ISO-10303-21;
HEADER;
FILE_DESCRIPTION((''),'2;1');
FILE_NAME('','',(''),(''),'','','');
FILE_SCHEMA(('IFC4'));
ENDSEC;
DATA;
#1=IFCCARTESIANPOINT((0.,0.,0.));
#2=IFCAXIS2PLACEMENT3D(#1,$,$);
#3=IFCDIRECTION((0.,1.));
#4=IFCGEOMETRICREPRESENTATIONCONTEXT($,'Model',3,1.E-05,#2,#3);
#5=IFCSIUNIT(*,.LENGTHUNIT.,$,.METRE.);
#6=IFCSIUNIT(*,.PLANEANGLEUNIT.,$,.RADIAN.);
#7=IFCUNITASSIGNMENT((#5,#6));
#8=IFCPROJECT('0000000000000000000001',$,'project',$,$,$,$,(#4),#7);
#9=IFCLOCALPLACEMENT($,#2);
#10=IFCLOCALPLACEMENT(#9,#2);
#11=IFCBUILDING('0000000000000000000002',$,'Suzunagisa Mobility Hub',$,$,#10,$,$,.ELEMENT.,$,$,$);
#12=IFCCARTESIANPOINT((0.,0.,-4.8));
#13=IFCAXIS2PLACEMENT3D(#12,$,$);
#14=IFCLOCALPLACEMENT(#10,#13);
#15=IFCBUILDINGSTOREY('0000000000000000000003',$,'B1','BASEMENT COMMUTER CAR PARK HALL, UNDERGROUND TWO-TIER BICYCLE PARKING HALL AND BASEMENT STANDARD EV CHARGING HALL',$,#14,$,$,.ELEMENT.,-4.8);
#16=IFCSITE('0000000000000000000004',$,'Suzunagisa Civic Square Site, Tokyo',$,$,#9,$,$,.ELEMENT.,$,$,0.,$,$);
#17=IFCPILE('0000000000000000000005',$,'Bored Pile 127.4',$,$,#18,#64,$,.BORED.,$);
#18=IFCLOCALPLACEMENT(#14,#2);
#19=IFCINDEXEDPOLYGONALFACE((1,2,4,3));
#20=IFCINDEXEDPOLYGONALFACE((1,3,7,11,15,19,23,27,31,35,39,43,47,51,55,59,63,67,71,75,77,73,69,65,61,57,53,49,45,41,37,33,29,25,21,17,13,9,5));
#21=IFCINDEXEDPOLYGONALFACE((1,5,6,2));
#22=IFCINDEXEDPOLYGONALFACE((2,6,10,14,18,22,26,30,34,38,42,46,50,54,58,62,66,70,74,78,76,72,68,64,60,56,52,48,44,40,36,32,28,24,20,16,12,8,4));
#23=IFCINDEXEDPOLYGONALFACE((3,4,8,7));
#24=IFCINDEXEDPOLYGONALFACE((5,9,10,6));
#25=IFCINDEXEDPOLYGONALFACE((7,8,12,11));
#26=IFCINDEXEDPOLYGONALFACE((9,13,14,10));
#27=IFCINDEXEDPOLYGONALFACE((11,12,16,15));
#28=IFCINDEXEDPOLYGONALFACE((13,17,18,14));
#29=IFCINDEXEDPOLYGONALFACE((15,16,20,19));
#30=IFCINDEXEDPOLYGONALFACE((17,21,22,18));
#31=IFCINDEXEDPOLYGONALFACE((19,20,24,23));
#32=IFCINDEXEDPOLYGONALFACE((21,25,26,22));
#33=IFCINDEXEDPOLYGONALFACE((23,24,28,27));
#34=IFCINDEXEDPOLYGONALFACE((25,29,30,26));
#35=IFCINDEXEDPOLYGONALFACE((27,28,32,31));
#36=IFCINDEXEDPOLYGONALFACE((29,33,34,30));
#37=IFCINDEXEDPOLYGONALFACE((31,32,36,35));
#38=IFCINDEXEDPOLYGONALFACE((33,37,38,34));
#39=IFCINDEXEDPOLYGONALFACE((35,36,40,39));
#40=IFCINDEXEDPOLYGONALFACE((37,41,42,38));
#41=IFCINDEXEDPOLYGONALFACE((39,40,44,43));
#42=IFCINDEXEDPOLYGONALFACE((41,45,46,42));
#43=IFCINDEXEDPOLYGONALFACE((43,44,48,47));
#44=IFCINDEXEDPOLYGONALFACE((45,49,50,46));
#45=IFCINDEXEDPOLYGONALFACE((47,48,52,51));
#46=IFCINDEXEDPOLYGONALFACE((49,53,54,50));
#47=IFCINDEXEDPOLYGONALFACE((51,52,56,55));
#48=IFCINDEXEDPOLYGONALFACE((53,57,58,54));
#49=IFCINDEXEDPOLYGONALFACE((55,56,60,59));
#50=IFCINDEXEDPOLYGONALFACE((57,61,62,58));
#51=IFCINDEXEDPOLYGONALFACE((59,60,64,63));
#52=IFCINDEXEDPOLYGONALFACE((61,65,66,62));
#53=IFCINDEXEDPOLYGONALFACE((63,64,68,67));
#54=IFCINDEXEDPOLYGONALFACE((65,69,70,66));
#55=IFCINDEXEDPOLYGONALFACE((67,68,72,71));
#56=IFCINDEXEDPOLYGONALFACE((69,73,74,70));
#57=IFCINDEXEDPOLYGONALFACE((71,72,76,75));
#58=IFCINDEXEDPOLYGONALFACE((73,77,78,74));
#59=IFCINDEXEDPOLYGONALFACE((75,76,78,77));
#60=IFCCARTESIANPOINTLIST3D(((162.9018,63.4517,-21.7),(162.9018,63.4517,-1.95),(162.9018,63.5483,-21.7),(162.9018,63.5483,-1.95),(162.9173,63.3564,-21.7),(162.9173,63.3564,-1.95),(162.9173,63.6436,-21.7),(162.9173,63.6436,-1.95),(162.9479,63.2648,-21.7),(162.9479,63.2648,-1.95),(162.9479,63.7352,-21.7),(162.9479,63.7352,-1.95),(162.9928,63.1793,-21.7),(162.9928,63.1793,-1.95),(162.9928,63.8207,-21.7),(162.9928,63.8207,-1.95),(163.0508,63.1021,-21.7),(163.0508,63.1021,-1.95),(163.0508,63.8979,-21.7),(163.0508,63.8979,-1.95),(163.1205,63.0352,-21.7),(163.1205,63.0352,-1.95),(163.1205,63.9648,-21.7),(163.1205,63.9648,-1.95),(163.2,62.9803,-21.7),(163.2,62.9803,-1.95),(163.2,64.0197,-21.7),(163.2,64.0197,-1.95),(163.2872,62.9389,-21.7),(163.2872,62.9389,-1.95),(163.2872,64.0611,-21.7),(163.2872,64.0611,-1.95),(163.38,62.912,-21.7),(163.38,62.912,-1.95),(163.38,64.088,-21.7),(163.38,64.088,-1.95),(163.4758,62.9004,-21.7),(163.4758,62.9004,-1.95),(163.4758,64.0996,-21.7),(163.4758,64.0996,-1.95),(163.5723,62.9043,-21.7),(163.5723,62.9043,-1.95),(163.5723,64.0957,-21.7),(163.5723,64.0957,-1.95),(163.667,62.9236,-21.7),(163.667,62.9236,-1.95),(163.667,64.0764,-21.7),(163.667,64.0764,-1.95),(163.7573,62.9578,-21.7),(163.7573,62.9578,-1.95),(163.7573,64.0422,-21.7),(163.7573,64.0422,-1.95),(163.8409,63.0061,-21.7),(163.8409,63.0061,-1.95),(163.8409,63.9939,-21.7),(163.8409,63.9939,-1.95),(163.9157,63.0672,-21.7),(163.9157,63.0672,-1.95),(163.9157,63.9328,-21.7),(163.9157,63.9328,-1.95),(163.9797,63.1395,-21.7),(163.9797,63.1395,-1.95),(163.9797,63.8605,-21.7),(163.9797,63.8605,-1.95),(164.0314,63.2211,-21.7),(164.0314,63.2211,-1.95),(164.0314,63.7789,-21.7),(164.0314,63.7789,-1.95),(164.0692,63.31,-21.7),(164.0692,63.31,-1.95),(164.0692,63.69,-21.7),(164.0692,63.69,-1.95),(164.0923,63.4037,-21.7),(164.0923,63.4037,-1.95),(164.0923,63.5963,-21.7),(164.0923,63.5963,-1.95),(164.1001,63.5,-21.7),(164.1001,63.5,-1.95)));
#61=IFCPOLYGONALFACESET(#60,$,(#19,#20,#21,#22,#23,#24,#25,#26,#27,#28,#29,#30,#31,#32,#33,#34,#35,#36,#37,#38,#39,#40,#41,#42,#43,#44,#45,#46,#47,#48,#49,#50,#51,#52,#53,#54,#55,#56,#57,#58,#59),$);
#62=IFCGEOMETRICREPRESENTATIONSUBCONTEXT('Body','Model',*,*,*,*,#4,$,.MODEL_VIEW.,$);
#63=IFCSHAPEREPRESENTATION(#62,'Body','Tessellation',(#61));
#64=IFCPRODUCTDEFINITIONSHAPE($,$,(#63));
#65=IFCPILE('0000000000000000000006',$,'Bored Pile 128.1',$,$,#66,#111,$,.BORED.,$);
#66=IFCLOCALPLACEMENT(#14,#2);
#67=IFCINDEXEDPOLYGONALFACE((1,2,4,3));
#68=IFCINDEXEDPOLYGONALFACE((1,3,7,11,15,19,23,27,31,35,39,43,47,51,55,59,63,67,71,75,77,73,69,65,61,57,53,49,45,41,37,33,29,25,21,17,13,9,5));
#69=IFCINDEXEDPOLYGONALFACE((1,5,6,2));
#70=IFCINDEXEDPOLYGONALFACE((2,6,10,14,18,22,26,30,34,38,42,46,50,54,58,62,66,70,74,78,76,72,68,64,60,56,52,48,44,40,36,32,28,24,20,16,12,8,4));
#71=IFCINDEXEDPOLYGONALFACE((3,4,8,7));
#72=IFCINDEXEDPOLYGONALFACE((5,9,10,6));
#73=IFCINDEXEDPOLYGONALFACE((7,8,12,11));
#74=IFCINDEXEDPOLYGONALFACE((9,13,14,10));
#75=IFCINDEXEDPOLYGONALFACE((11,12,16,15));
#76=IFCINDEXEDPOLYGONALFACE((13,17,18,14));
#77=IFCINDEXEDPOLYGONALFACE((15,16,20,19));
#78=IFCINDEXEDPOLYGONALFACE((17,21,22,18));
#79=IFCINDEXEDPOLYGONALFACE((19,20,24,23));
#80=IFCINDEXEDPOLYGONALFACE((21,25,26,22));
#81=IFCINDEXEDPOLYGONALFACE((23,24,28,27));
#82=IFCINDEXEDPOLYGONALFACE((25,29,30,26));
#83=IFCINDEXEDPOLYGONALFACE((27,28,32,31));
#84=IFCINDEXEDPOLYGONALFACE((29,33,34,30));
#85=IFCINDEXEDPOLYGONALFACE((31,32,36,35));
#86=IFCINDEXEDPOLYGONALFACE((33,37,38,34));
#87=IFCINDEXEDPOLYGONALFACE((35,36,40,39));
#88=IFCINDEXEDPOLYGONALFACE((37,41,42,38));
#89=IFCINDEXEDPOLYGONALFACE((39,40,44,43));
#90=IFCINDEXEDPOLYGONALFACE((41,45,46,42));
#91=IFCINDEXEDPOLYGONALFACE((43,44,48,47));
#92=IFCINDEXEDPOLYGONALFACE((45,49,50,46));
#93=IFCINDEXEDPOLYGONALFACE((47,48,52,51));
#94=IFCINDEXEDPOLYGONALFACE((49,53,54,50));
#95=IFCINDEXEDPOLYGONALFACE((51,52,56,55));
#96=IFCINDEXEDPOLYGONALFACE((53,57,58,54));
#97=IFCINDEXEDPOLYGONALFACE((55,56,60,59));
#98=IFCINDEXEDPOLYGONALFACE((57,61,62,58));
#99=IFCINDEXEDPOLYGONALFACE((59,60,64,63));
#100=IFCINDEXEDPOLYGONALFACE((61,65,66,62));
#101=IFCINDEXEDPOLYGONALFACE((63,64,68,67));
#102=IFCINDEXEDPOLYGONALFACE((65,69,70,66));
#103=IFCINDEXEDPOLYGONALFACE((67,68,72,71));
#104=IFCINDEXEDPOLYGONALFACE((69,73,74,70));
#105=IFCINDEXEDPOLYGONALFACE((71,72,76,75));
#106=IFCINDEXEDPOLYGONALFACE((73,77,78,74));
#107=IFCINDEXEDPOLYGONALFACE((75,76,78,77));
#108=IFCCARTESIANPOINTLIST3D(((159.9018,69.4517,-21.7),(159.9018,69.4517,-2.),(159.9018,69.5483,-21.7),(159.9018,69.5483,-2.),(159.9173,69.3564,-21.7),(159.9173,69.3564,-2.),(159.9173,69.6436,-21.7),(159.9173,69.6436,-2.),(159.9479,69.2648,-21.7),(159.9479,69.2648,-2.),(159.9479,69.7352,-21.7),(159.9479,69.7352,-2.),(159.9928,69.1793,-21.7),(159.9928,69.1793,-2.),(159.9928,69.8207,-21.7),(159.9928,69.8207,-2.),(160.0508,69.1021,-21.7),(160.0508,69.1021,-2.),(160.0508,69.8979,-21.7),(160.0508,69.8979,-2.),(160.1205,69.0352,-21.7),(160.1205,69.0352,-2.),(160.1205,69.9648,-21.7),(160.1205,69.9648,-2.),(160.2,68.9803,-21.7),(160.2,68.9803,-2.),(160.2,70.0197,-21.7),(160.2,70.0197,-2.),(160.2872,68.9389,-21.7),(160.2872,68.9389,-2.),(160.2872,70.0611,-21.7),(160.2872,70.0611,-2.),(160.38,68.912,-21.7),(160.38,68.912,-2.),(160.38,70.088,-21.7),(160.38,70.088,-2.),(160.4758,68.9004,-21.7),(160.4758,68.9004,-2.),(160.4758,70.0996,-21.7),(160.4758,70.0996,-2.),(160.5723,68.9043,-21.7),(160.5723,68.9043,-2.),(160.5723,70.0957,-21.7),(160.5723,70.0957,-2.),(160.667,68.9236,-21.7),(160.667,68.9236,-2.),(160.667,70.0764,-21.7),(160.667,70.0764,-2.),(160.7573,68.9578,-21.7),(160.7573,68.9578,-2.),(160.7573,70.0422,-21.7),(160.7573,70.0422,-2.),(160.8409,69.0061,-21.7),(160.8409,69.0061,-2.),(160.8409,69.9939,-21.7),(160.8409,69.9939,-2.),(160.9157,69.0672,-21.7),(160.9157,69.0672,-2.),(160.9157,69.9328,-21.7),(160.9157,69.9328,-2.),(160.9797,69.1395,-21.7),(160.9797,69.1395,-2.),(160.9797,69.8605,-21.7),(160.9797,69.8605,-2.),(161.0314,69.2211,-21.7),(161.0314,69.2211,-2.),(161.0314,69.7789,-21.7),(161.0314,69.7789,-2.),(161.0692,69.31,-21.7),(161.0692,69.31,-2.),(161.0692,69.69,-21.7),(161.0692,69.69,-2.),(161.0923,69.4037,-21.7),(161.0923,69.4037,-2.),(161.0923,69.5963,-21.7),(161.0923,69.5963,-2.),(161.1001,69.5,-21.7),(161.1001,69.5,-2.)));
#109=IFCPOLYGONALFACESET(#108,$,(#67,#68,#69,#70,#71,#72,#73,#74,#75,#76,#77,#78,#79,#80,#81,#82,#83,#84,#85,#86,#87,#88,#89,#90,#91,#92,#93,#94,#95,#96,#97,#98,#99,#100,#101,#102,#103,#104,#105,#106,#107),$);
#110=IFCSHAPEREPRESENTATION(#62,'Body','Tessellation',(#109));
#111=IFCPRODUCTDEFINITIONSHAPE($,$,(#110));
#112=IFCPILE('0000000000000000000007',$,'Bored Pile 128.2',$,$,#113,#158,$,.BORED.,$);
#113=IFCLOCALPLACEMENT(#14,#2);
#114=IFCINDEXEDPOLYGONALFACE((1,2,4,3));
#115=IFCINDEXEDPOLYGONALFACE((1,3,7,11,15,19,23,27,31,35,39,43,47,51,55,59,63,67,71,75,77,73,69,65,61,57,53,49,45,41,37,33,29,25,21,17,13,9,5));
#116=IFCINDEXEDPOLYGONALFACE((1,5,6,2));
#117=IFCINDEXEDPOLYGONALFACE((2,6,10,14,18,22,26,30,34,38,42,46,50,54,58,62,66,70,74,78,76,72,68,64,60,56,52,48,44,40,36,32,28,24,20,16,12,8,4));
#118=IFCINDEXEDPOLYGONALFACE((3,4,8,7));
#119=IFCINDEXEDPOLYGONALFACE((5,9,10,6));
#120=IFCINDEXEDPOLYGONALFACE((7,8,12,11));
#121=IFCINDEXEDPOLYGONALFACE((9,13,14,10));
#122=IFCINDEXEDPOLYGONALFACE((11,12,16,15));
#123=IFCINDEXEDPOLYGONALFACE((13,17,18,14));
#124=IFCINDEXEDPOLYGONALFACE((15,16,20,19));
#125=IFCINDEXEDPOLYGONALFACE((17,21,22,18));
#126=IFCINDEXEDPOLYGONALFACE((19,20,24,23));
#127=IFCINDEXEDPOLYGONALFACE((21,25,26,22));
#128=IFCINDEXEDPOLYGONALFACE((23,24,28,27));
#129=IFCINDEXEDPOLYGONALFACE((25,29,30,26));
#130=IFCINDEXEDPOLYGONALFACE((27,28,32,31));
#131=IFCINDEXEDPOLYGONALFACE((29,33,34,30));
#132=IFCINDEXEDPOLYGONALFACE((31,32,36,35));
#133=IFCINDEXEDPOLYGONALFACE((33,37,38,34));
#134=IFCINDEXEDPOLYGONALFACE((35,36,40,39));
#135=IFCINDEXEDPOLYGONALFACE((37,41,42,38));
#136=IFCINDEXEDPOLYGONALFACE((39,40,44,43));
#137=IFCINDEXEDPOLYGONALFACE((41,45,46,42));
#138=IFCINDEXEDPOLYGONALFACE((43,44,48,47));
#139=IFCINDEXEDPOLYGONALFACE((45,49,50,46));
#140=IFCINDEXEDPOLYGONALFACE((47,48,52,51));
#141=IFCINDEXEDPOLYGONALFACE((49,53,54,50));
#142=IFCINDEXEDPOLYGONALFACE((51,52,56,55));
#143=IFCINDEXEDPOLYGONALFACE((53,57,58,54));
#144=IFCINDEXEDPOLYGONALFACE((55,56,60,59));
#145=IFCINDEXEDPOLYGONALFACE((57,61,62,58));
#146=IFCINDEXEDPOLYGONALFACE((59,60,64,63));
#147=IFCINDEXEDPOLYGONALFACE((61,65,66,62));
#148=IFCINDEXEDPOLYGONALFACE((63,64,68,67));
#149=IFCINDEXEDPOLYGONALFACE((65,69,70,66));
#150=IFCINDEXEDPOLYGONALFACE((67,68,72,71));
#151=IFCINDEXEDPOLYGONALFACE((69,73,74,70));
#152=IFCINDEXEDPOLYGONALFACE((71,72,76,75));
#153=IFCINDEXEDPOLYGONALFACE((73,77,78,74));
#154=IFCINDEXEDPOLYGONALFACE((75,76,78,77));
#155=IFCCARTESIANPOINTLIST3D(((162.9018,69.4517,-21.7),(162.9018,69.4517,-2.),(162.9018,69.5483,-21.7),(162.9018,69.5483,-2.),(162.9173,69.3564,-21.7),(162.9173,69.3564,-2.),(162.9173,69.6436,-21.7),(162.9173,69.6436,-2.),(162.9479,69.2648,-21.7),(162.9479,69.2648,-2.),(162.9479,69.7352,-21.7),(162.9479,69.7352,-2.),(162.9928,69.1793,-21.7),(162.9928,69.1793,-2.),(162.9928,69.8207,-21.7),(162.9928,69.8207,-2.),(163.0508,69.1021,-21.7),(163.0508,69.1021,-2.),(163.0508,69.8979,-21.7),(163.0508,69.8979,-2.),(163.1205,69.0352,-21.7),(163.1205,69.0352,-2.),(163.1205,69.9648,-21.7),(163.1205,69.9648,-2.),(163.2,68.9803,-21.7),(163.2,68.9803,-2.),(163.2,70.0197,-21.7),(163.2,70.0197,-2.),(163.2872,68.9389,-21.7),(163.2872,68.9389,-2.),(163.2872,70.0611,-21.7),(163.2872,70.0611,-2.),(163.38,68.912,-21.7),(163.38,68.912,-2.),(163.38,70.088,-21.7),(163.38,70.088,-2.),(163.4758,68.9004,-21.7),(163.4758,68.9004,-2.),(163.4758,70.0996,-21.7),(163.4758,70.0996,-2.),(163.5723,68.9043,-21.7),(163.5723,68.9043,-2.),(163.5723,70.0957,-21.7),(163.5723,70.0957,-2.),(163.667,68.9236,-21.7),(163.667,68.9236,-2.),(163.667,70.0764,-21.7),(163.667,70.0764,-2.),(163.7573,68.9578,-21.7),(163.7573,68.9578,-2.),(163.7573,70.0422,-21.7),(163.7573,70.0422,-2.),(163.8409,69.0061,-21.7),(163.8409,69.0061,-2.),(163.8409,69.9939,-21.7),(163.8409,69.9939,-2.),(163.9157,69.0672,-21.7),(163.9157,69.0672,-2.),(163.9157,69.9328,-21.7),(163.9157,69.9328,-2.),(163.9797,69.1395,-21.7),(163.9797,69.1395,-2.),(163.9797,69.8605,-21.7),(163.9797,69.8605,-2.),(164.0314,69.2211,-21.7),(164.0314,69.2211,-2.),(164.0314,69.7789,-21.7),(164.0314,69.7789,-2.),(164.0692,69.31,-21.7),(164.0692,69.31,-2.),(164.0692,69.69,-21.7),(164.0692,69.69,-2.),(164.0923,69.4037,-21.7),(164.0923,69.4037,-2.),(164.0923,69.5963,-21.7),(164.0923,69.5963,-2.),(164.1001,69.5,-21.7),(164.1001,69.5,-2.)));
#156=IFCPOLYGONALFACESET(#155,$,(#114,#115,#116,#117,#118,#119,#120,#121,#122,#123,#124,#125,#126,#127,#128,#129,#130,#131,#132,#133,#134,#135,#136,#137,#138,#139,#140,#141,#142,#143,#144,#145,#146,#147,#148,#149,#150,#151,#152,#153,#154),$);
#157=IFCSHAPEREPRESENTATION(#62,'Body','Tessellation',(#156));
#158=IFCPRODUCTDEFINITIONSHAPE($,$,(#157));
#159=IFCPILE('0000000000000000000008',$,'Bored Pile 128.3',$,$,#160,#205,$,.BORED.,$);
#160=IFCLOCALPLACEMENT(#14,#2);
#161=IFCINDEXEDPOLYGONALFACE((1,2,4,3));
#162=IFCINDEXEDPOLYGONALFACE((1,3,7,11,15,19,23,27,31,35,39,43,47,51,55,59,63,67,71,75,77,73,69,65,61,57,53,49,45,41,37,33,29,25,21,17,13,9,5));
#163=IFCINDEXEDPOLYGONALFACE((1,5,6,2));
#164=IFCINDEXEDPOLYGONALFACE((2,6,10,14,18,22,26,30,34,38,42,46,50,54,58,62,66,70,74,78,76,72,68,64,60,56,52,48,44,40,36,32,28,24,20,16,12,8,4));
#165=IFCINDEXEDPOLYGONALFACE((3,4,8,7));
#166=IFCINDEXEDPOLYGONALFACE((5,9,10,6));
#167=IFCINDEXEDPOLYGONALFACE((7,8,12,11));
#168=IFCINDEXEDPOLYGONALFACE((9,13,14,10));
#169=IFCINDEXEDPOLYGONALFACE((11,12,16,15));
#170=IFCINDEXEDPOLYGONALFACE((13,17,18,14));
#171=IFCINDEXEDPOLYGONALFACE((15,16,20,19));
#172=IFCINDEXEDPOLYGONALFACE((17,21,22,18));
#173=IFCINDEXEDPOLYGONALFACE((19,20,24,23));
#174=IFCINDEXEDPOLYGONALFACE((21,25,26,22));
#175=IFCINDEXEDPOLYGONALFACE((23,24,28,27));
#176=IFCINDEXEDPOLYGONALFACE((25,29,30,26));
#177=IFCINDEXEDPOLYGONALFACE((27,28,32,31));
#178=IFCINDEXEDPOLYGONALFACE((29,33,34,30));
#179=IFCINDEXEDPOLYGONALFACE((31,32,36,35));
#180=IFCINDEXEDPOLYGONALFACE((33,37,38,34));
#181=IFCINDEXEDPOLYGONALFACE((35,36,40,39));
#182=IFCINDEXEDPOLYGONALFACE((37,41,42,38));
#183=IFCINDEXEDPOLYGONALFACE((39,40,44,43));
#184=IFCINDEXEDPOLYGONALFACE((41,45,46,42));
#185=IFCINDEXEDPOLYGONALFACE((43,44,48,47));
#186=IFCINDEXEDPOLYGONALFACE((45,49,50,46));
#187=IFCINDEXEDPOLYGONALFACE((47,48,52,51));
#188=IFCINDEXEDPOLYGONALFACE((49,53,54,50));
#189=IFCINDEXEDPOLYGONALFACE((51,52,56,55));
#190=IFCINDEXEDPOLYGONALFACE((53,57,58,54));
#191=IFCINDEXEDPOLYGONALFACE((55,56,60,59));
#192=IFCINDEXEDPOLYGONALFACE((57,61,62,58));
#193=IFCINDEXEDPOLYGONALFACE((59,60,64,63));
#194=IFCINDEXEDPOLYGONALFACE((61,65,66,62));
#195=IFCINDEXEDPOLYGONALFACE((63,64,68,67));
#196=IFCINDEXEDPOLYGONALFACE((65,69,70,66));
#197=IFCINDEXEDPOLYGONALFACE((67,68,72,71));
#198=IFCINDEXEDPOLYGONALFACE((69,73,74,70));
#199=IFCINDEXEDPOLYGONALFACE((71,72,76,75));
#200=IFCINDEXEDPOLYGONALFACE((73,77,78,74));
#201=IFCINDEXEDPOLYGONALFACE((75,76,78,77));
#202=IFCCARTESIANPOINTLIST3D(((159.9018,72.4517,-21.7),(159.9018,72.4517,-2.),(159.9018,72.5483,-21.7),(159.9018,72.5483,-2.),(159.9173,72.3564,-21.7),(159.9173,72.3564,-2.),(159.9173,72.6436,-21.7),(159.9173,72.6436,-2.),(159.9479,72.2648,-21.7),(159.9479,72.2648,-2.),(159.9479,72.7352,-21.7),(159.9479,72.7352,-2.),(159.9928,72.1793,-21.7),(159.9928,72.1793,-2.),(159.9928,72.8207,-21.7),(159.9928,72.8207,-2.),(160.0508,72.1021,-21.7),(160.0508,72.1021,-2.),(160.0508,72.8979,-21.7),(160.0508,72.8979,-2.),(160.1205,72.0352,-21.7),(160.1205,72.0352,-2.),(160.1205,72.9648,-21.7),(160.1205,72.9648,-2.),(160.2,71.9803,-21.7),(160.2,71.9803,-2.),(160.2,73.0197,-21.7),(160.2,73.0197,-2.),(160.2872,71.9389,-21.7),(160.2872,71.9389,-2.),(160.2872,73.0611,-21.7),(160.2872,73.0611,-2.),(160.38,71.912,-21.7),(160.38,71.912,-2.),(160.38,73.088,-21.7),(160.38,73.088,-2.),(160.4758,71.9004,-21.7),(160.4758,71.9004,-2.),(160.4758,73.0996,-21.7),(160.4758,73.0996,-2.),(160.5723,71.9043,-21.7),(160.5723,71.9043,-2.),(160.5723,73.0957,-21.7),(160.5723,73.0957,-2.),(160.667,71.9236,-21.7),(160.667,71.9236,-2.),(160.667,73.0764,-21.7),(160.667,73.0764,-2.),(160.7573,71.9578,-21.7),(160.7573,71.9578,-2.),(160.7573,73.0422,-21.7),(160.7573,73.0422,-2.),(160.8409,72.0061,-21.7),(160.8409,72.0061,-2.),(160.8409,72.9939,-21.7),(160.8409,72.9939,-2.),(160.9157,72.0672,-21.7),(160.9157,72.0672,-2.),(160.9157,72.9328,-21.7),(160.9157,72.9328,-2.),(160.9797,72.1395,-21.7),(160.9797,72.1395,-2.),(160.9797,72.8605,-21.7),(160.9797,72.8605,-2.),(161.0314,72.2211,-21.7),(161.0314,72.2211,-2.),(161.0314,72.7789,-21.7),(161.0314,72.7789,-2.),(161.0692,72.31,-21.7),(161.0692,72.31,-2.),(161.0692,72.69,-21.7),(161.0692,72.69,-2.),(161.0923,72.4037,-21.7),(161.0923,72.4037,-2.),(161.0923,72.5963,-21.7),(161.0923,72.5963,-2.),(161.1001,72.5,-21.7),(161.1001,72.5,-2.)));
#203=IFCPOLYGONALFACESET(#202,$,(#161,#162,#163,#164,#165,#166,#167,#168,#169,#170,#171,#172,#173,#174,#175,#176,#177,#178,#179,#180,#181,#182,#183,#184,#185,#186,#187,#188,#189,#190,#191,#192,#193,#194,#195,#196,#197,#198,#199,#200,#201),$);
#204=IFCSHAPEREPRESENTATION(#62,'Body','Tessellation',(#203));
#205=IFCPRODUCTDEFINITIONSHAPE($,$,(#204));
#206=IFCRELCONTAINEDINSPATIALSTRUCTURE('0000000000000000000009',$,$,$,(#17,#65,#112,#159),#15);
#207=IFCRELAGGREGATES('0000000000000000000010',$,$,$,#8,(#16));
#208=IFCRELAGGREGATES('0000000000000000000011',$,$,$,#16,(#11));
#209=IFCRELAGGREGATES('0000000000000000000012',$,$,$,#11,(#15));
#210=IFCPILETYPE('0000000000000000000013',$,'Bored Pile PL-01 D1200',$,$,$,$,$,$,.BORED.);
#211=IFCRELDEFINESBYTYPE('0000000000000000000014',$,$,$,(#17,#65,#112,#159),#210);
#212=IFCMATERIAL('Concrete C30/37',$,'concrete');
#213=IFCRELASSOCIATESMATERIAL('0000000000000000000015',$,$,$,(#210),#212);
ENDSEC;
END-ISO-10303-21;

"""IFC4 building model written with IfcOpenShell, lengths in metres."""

from ifc_helpers import new_model, si_unit, direction, frame, origin, origin_2d, place, context, subcontext, project, spatial, circle, extrude, material, material_profile, profile_set, type_object, element, save


model = new_model("IFC4")

# Units and contexts
model_context = context("Model", 3, precision=1e-05, world=origin(), true_north=direction((0.0, 1.0)))
body_context = subcontext(model_context, "Body", "Model", "MODEL_VIEW")
ifc_project = project(units=[si_unit("LENGTHUNIT", "METRE"), si_unit("PLANEANGLEUNIT", "RADIAN")], contexts=[model_context])

# Site, building, storey
site_placement = place(None, origin())
site = spatial("IfcSite", under=ifc_project, at=site_placement, Name="Suzunagisa Civic Square Site, Tokyo", CompositionType="ELEMENT", RefElevation=0.0)
building_placement = place(site_placement, origin())
building = spatial("IfcBuilding", under=site, at=building_placement, Name="Suzunagisa Mobility Hub", CompositionType="ELEMENT")
storey_placement = place(building_placement, frame((0.0, 0.0, -4.8)))
storey = spatial("IfcBuildingStorey", under=building, at=storey_placement, Name="B1", Description="BASEMENT COMMUTER CAR PARK HALL, UNDERGROUND TWO-TIER BICYCLE PARKING HALL AND BASEMENT STANDARD EV CHARGING HALL", CompositionType="ELEMENT", Elevation=-4.8)

# Piles
ifc_material_1 = material(Name="Concrete C30/37", Category="concrete")
ifc_material_profile_1 = material_profile(ifc_material_1, circle(Radius=0.6001, at=origin_2d()), Name="BORED PILE D1200")
ifc_profile_set_1 = profile_set([ifc_material_profile_1], Name="Concrete C30/37")
pile_type = type_object("IfcPileType", Name="Bored Pile PL-01 D1200", PredefinedType="BORED", material=ifc_profile_set_1)
for number, where, z_axis, x_axis, name in (
    (1, (163.5, 63.5, -1.95), (0.0, 0.0, -1.0), (1.0, 0.0, 0.0), "Bored Pile 127.4"),
):
    element("IfcPile", number, at=place(storey_placement, frame(where, z_axis=z_axis, x_axis=x_axis)), inside=storey, type_object=pile_type, Name=name, PredefinedType="BORED", context=body_context, shape_type="SweptSolid", body=[
        extrude(circle(Radius=0.6001, at=origin_2d()), origin(), (0.0, 0.0, 1.0), 19.75),
    ])
for number, where, z_axis, x_axis, name in (
    (2, (160.5, 69.5, -2.0), (0.0, 0.0, -1.0), (1.0, 0.0, 0.0), "Bored Pile 128.1"),
    (3, (163.5, 69.5, -2.0), (0.0, 0.0, -1.0), (1.0, 0.0, 0.0), "Bored Pile 128.2"),
    (4, (160.5, 72.5, -2.0), (0.0, 0.0, -1.0), (1.0, 0.0, 0.0), "Bored Pile 128.3"),
):
    element("IfcPile", number, at=place(storey_placement, frame(where, z_axis=z_axis, x_axis=x_axis)), inside=storey, type_object=pile_type, Name=name, PredefinedType="BORED", context=body_context, shape_type="SweptSolid", body=[
        extrude(circle(Radius=0.6001, at=origin_2d()), origin(), (0.0, 0.0, 1.0), 19.7),
    ])

save(model, "model.ifc")
